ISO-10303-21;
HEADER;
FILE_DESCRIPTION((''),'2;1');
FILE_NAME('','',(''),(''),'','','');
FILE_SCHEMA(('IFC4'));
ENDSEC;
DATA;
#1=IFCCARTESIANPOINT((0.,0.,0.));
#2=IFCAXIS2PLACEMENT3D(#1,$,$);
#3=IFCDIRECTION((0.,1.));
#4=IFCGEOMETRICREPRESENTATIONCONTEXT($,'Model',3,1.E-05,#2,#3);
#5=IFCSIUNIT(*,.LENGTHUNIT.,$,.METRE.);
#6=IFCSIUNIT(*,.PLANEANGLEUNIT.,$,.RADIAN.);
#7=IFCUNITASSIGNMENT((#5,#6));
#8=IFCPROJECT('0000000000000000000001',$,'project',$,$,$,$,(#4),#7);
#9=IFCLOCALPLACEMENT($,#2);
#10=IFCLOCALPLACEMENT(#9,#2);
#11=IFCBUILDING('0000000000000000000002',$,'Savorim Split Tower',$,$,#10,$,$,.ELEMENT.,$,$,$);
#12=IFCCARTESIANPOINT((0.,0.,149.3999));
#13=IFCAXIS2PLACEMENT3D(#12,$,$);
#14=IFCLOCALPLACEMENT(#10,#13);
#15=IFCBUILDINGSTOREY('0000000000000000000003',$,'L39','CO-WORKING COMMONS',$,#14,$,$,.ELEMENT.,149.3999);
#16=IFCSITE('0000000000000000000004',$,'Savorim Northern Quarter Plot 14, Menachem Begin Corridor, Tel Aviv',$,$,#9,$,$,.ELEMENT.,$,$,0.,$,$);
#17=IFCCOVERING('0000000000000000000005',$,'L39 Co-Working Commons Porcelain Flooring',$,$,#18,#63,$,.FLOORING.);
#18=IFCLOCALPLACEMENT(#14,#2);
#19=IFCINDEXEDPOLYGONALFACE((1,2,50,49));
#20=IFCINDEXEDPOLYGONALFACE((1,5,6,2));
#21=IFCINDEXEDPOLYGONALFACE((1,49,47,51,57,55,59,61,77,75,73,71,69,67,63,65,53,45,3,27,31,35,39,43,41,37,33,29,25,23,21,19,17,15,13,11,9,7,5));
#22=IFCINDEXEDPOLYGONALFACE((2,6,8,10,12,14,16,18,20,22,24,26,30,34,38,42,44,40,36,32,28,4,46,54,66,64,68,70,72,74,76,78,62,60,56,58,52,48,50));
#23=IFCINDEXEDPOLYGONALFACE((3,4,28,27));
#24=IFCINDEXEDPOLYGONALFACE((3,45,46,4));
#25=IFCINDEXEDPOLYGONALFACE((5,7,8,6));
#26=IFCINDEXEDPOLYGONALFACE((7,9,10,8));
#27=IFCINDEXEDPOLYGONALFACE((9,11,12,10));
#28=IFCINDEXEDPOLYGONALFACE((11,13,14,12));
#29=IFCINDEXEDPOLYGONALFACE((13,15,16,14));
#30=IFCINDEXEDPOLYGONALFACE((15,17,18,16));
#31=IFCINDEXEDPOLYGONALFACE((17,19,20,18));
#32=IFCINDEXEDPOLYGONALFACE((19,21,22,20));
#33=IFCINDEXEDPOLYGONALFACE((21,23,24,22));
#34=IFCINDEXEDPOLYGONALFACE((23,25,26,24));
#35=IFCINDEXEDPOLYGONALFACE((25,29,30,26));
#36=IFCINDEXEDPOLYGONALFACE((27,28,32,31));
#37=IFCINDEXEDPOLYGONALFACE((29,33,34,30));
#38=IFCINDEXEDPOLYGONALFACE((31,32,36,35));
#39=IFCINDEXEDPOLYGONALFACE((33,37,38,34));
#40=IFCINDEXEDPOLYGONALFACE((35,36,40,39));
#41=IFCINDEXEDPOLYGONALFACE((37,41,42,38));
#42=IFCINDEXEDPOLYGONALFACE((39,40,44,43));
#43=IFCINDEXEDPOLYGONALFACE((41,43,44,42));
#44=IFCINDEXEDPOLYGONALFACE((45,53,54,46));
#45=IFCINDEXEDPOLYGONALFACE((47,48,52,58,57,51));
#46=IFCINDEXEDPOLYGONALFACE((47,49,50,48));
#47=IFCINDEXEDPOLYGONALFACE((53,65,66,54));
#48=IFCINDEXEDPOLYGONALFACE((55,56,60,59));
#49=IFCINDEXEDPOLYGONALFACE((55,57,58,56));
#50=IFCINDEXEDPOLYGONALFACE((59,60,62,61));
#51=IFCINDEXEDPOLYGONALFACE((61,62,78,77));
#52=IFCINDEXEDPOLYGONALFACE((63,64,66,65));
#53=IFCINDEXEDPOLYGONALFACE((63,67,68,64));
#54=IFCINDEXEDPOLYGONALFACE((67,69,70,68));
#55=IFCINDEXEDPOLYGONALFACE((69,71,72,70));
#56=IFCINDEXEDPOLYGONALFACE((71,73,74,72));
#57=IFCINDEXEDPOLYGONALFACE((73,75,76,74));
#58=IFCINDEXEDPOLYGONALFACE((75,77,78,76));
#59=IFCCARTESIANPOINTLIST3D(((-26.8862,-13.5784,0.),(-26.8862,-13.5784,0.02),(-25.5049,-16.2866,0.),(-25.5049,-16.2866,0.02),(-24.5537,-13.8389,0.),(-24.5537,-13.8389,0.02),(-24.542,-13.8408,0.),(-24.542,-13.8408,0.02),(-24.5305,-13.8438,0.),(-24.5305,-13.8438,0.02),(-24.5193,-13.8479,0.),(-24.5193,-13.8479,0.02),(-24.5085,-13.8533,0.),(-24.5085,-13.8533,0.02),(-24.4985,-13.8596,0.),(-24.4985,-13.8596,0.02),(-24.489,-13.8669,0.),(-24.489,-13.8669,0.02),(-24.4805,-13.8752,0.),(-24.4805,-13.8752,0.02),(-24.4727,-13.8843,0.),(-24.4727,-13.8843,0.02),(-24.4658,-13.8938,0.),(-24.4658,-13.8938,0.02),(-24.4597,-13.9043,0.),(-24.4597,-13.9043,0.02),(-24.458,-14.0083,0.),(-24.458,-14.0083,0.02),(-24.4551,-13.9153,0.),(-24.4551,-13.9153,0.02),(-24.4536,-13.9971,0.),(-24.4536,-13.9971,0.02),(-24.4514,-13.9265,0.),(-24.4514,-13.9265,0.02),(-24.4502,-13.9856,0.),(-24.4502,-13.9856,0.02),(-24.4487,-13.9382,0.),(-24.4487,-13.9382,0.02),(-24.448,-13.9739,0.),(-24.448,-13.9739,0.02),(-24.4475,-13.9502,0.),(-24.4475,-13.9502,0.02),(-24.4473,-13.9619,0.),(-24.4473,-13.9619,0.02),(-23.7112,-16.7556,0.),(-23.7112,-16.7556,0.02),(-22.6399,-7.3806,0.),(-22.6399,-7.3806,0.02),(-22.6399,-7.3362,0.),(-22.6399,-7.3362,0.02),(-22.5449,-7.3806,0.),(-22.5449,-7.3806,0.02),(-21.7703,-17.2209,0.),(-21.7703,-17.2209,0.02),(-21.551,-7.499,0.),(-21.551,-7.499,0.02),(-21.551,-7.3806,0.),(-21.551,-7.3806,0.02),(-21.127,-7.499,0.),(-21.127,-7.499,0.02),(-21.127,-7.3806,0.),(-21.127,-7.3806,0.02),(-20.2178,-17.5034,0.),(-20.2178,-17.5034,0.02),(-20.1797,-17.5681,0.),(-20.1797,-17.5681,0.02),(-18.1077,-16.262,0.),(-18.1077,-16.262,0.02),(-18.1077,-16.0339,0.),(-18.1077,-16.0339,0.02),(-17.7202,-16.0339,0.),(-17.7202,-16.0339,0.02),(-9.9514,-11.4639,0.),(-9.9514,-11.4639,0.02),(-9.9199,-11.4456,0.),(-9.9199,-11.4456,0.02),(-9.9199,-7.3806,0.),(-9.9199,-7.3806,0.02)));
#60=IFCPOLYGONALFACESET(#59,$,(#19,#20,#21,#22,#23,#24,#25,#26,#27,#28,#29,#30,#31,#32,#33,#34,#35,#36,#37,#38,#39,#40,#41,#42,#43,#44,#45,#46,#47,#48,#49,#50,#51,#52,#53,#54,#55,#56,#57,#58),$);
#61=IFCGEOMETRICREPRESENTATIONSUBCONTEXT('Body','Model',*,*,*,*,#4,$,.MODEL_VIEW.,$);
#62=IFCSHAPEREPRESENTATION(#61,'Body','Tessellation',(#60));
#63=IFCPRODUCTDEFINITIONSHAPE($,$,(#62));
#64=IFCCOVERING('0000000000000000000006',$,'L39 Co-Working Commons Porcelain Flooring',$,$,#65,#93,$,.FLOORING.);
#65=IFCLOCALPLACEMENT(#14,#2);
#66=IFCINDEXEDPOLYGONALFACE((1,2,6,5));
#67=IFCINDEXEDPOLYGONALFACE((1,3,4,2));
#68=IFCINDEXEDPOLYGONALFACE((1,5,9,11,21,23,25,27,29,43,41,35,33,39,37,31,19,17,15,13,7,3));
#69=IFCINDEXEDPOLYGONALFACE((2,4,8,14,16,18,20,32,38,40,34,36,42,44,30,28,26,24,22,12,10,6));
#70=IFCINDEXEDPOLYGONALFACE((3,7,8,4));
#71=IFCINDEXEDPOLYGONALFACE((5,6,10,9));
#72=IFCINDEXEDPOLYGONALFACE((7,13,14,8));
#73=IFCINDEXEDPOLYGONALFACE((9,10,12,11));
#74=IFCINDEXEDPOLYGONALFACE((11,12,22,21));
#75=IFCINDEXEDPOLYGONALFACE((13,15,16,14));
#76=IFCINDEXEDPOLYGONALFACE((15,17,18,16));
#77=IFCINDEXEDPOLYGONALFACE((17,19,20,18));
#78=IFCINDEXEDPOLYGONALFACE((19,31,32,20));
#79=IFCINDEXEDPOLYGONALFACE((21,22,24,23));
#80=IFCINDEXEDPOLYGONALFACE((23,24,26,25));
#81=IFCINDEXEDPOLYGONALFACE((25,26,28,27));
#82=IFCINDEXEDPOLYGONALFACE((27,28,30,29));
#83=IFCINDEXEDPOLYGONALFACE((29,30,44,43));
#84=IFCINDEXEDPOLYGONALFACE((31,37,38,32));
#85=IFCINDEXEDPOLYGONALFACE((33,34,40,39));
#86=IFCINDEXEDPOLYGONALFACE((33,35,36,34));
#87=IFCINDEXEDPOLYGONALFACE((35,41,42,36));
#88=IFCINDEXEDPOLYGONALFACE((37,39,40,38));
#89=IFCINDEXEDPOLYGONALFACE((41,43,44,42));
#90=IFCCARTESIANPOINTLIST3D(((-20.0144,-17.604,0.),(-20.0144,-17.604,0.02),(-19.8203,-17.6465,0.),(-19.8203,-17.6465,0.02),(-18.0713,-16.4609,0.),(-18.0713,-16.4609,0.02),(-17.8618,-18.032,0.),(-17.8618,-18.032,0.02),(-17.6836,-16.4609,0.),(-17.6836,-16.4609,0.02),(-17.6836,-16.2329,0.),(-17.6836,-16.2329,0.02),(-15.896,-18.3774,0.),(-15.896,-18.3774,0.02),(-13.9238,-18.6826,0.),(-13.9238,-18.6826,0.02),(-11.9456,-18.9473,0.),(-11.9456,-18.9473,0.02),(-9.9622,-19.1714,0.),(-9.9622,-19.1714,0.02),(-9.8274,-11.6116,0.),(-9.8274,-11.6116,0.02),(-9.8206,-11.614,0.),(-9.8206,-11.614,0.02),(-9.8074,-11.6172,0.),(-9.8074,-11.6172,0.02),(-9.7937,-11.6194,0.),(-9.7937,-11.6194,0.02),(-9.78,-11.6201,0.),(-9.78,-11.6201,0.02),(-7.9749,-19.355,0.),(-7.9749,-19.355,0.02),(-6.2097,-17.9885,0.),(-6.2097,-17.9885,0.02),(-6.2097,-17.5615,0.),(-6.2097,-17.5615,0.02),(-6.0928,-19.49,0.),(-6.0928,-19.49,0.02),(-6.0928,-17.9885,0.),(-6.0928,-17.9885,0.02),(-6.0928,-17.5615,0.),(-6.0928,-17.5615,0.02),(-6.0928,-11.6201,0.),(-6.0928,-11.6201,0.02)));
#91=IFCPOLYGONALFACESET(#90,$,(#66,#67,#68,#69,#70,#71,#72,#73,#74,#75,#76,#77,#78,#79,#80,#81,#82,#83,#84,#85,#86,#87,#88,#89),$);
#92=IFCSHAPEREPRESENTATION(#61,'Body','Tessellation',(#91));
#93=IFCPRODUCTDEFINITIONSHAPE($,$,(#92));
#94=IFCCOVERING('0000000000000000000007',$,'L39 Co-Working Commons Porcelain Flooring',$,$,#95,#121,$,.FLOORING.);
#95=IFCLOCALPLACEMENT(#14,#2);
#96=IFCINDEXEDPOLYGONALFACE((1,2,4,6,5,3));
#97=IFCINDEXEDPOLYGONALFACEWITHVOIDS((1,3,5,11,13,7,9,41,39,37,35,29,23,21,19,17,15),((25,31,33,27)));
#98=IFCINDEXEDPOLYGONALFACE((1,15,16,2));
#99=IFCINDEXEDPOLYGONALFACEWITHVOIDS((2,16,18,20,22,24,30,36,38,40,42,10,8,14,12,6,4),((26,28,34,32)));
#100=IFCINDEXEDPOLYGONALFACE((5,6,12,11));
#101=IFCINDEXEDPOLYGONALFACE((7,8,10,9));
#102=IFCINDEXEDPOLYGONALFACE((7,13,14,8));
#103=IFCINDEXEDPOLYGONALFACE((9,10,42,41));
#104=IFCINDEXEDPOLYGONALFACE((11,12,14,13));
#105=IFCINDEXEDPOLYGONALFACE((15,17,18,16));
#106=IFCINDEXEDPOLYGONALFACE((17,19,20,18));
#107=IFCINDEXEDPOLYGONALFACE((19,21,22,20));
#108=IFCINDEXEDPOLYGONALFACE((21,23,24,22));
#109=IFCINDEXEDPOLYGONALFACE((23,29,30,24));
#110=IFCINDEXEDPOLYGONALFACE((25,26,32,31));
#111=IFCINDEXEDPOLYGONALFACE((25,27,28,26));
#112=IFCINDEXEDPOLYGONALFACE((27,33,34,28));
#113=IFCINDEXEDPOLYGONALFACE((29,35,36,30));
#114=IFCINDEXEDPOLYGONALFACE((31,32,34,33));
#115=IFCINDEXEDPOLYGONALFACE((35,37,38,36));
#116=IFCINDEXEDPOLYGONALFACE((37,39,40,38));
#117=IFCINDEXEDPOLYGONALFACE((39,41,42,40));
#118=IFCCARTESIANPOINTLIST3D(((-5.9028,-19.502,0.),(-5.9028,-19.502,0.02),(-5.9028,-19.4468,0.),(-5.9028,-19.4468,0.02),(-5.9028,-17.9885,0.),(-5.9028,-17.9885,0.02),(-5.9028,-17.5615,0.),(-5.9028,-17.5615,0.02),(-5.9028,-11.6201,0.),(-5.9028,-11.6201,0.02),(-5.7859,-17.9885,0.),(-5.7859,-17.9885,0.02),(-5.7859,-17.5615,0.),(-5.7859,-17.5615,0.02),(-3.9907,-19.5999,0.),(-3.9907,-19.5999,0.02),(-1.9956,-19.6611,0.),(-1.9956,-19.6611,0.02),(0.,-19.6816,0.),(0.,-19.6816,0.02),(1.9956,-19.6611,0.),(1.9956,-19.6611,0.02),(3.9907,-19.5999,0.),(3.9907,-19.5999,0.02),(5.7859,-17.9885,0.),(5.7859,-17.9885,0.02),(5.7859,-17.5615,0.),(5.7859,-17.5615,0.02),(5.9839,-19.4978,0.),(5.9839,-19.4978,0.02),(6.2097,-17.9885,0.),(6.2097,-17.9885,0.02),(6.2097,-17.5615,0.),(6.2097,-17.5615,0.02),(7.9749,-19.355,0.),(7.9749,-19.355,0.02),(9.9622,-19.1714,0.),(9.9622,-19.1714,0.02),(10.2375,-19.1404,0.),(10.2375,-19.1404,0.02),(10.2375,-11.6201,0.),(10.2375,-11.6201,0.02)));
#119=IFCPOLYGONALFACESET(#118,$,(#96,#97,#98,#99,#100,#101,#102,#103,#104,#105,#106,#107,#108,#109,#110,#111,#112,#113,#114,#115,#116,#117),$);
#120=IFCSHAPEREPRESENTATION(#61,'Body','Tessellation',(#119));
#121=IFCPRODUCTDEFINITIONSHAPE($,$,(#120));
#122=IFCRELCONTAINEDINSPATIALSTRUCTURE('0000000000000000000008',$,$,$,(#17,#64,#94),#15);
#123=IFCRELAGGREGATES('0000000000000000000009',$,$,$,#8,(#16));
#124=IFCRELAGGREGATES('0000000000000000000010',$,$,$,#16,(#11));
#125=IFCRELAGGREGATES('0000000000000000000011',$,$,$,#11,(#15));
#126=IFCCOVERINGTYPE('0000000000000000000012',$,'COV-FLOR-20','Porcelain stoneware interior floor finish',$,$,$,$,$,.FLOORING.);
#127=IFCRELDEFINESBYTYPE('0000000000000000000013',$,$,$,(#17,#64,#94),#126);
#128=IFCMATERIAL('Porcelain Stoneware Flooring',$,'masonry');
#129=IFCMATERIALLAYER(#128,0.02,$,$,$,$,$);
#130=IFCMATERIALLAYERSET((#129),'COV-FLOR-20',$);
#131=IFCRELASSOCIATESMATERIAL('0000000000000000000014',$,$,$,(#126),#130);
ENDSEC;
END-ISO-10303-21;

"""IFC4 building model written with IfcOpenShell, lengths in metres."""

from ifc_helpers import new_model, si_unit, direction, frame, origin, place, context, subcontext, project, spatial, polyline, outline, extrude, material, layer, layer_set, type_object, element, save


model = new_model("IFC4")

# Units and contexts
model_context = context("Model", 3, precision=1e-05, world=origin(), true_north=direction((0.0, 1.0)))
body_context = subcontext(model_context, "Body", "Model", "MODEL_VIEW")
ifc_project = project(units=[si_unit("LENGTHUNIT", "METRE"), si_unit("PLANEANGLEUNIT", "RADIAN")], contexts=[model_context])

# Site, building, storey
site_placement = place(None, origin())
site = spatial("IfcSite", under=ifc_project, at=site_placement, Name="Savorim Northern Quarter Plot 14, Menachem Begin Corridor, Tel Aviv", CompositionType="ELEMENT", RefElevation=0.0)
building_placement = place(site_placement, origin())
building = spatial("IfcBuilding", under=site, at=building_placement, Name="Savorim Split Tower", CompositionType="ELEMENT")
storey_placement = place(building_placement, frame((0.0, 0.0, 149.3999)))
storey = spatial("IfcBuildingStorey", under=building, at=storey_placement, Name="L39", Description="CO-WORKING COMMONS", CompositionType="ELEMENT", Elevation=149.3999)

# Coverings
ifc_material_1 = material(Name="Porcelain Stoneware Flooring", Category="masonry")
ifc_layer_1 = layer(ifc_material_1, 0.02)
ifc_layer_set_1 = layer_set([ifc_layer_1], Name="COV-FLOR-20")
covering_type_1 = type_object("IfcCoveringType", Name="COV-FLOR-20", Description="Porcelain stoneware interior floor finish", PredefinedType="FLOORING", material=ifc_layer_set_1)
covering_1_placement = place(storey_placement, origin())
element("IfcCovering", 1, at=covering_1_placement, inside=storey, type_object=covering_type_1, Name="L39 Co-Working Commons Porcelain Flooring", PredefinedType="FLOORING", context=body_context, shape_type="SweptSolid", body=[
    extrude(outline(polyline([(-24.4475, -13.9502), (-24.4473, -13.9619), (-24.448, -13.9739), (-24.4502, -13.9856), (-24.4536, -13.9971), (-24.458, -14.0083), (-25.5049, -16.2866), (-23.7112, -16.7556), (-21.7703, -17.2209), (-20.1797, -17.5681), (-20.2178, -17.5034), (-18.1077, -16.262), (-18.1077, -16.0339), (-17.7202, -16.0339), (-9.9514, -11.4639), (-9.9199, -11.4456), (-9.9199, -7.3806), (-21.127, -7.3806), (-21.127, -7.499), (-21.551, -7.499), (-21.551, -7.3806), (-22.5449, -7.3806), (-22.6399, -7.3806), (-22.6399, -7.3362), (-26.8862, -13.5784), (-24.5537, -13.8389), (-24.542, -13.8408), (-24.5305, -13.8438), (-24.5193, -13.8479), (-24.5085, -13.8533), (-24.4985, -13.8596), (-24.489, -13.8669), (-24.4805, -13.8752), (-24.4727, -13.8843), (-24.4658, -13.8938), (-24.4597, -13.9043), (-24.4551, -13.9153), (-24.4514, -13.9265), (-24.4487, -13.9382), (-24.4475, -13.9502)])), origin(), (0.0, 0.0, 1.0), 0.02),
])
covering_2_placement = place(storey_placement, origin())
element("IfcCovering", 2, at=covering_2_placement, inside=storey, type_object=covering_type_1, Name="L39 Co-Working Commons Porcelain Flooring", PredefinedType="FLOORING", context=body_context, shape_type="SweptSolid", body=[
    extrude(outline(polyline([(-13.9238, -18.6826), (-11.9456, -18.9473), (-9.9622, -19.1714), (-7.9749, -19.355), (-6.0928, -19.49), (-6.0928, -17.9885), (-6.2097, -17.9885), (-6.2097, -17.5615), (-6.0928, -17.5615), (-6.0928, -11.6201), (-9.78, -11.6201), (-9.7937, -11.6194), (-9.8074, -11.6172), (-9.8206, -11.614), (-9.8274, -11.6116), (-17.6836, -16.2329), (-17.6836, -16.4609), (-18.0713, -16.4609), (-20.0144, -17.604), (-19.8203, -17.6465), (-17.8618, -18.032), (-15.896, -18.3774), (-13.9238, -18.6826)])), origin(), (0.0, 0.0, 1.0), 0.02),
])
covering_3_placement = place(storey_placement, origin())
element("IfcCovering", 3, at=covering_3_placement, inside=storey, type_object=covering_type_1, Name="L39 Co-Working Commons Porcelain Flooring", PredefinedType="FLOORING", context=body_context, shape_type="SweptSolid", body=[
    extrude(outline(polyline([(5.9839, -19.4978), (7.9749, -19.355), (9.9622, -19.1714), (10.2375, -19.1404), (10.2375, -11.6201), (-5.9028, -11.6201), (-5.9028, -17.5615), (-5.7859, -17.5615), (-5.7859, -17.9885), (-5.9028, -17.9885), (-5.9028, -19.4468), (-5.9028, -19.502), (-3.9907, -19.5999), (-1.9956, -19.6611), (0.0, -19.6816), (1.9956, -19.6611), (3.9907, -19.5999), (5.9839, -19.4978)]), holes=[polyline([(5.7859, -17.9885), (6.2097, -17.9885), (6.2097, -17.5615), (5.7859, -17.5615), (5.7859, -17.9885)])]), origin(), (0.0, 0.0, 1.0), 0.02),
])

save(model, "model.ifc")
